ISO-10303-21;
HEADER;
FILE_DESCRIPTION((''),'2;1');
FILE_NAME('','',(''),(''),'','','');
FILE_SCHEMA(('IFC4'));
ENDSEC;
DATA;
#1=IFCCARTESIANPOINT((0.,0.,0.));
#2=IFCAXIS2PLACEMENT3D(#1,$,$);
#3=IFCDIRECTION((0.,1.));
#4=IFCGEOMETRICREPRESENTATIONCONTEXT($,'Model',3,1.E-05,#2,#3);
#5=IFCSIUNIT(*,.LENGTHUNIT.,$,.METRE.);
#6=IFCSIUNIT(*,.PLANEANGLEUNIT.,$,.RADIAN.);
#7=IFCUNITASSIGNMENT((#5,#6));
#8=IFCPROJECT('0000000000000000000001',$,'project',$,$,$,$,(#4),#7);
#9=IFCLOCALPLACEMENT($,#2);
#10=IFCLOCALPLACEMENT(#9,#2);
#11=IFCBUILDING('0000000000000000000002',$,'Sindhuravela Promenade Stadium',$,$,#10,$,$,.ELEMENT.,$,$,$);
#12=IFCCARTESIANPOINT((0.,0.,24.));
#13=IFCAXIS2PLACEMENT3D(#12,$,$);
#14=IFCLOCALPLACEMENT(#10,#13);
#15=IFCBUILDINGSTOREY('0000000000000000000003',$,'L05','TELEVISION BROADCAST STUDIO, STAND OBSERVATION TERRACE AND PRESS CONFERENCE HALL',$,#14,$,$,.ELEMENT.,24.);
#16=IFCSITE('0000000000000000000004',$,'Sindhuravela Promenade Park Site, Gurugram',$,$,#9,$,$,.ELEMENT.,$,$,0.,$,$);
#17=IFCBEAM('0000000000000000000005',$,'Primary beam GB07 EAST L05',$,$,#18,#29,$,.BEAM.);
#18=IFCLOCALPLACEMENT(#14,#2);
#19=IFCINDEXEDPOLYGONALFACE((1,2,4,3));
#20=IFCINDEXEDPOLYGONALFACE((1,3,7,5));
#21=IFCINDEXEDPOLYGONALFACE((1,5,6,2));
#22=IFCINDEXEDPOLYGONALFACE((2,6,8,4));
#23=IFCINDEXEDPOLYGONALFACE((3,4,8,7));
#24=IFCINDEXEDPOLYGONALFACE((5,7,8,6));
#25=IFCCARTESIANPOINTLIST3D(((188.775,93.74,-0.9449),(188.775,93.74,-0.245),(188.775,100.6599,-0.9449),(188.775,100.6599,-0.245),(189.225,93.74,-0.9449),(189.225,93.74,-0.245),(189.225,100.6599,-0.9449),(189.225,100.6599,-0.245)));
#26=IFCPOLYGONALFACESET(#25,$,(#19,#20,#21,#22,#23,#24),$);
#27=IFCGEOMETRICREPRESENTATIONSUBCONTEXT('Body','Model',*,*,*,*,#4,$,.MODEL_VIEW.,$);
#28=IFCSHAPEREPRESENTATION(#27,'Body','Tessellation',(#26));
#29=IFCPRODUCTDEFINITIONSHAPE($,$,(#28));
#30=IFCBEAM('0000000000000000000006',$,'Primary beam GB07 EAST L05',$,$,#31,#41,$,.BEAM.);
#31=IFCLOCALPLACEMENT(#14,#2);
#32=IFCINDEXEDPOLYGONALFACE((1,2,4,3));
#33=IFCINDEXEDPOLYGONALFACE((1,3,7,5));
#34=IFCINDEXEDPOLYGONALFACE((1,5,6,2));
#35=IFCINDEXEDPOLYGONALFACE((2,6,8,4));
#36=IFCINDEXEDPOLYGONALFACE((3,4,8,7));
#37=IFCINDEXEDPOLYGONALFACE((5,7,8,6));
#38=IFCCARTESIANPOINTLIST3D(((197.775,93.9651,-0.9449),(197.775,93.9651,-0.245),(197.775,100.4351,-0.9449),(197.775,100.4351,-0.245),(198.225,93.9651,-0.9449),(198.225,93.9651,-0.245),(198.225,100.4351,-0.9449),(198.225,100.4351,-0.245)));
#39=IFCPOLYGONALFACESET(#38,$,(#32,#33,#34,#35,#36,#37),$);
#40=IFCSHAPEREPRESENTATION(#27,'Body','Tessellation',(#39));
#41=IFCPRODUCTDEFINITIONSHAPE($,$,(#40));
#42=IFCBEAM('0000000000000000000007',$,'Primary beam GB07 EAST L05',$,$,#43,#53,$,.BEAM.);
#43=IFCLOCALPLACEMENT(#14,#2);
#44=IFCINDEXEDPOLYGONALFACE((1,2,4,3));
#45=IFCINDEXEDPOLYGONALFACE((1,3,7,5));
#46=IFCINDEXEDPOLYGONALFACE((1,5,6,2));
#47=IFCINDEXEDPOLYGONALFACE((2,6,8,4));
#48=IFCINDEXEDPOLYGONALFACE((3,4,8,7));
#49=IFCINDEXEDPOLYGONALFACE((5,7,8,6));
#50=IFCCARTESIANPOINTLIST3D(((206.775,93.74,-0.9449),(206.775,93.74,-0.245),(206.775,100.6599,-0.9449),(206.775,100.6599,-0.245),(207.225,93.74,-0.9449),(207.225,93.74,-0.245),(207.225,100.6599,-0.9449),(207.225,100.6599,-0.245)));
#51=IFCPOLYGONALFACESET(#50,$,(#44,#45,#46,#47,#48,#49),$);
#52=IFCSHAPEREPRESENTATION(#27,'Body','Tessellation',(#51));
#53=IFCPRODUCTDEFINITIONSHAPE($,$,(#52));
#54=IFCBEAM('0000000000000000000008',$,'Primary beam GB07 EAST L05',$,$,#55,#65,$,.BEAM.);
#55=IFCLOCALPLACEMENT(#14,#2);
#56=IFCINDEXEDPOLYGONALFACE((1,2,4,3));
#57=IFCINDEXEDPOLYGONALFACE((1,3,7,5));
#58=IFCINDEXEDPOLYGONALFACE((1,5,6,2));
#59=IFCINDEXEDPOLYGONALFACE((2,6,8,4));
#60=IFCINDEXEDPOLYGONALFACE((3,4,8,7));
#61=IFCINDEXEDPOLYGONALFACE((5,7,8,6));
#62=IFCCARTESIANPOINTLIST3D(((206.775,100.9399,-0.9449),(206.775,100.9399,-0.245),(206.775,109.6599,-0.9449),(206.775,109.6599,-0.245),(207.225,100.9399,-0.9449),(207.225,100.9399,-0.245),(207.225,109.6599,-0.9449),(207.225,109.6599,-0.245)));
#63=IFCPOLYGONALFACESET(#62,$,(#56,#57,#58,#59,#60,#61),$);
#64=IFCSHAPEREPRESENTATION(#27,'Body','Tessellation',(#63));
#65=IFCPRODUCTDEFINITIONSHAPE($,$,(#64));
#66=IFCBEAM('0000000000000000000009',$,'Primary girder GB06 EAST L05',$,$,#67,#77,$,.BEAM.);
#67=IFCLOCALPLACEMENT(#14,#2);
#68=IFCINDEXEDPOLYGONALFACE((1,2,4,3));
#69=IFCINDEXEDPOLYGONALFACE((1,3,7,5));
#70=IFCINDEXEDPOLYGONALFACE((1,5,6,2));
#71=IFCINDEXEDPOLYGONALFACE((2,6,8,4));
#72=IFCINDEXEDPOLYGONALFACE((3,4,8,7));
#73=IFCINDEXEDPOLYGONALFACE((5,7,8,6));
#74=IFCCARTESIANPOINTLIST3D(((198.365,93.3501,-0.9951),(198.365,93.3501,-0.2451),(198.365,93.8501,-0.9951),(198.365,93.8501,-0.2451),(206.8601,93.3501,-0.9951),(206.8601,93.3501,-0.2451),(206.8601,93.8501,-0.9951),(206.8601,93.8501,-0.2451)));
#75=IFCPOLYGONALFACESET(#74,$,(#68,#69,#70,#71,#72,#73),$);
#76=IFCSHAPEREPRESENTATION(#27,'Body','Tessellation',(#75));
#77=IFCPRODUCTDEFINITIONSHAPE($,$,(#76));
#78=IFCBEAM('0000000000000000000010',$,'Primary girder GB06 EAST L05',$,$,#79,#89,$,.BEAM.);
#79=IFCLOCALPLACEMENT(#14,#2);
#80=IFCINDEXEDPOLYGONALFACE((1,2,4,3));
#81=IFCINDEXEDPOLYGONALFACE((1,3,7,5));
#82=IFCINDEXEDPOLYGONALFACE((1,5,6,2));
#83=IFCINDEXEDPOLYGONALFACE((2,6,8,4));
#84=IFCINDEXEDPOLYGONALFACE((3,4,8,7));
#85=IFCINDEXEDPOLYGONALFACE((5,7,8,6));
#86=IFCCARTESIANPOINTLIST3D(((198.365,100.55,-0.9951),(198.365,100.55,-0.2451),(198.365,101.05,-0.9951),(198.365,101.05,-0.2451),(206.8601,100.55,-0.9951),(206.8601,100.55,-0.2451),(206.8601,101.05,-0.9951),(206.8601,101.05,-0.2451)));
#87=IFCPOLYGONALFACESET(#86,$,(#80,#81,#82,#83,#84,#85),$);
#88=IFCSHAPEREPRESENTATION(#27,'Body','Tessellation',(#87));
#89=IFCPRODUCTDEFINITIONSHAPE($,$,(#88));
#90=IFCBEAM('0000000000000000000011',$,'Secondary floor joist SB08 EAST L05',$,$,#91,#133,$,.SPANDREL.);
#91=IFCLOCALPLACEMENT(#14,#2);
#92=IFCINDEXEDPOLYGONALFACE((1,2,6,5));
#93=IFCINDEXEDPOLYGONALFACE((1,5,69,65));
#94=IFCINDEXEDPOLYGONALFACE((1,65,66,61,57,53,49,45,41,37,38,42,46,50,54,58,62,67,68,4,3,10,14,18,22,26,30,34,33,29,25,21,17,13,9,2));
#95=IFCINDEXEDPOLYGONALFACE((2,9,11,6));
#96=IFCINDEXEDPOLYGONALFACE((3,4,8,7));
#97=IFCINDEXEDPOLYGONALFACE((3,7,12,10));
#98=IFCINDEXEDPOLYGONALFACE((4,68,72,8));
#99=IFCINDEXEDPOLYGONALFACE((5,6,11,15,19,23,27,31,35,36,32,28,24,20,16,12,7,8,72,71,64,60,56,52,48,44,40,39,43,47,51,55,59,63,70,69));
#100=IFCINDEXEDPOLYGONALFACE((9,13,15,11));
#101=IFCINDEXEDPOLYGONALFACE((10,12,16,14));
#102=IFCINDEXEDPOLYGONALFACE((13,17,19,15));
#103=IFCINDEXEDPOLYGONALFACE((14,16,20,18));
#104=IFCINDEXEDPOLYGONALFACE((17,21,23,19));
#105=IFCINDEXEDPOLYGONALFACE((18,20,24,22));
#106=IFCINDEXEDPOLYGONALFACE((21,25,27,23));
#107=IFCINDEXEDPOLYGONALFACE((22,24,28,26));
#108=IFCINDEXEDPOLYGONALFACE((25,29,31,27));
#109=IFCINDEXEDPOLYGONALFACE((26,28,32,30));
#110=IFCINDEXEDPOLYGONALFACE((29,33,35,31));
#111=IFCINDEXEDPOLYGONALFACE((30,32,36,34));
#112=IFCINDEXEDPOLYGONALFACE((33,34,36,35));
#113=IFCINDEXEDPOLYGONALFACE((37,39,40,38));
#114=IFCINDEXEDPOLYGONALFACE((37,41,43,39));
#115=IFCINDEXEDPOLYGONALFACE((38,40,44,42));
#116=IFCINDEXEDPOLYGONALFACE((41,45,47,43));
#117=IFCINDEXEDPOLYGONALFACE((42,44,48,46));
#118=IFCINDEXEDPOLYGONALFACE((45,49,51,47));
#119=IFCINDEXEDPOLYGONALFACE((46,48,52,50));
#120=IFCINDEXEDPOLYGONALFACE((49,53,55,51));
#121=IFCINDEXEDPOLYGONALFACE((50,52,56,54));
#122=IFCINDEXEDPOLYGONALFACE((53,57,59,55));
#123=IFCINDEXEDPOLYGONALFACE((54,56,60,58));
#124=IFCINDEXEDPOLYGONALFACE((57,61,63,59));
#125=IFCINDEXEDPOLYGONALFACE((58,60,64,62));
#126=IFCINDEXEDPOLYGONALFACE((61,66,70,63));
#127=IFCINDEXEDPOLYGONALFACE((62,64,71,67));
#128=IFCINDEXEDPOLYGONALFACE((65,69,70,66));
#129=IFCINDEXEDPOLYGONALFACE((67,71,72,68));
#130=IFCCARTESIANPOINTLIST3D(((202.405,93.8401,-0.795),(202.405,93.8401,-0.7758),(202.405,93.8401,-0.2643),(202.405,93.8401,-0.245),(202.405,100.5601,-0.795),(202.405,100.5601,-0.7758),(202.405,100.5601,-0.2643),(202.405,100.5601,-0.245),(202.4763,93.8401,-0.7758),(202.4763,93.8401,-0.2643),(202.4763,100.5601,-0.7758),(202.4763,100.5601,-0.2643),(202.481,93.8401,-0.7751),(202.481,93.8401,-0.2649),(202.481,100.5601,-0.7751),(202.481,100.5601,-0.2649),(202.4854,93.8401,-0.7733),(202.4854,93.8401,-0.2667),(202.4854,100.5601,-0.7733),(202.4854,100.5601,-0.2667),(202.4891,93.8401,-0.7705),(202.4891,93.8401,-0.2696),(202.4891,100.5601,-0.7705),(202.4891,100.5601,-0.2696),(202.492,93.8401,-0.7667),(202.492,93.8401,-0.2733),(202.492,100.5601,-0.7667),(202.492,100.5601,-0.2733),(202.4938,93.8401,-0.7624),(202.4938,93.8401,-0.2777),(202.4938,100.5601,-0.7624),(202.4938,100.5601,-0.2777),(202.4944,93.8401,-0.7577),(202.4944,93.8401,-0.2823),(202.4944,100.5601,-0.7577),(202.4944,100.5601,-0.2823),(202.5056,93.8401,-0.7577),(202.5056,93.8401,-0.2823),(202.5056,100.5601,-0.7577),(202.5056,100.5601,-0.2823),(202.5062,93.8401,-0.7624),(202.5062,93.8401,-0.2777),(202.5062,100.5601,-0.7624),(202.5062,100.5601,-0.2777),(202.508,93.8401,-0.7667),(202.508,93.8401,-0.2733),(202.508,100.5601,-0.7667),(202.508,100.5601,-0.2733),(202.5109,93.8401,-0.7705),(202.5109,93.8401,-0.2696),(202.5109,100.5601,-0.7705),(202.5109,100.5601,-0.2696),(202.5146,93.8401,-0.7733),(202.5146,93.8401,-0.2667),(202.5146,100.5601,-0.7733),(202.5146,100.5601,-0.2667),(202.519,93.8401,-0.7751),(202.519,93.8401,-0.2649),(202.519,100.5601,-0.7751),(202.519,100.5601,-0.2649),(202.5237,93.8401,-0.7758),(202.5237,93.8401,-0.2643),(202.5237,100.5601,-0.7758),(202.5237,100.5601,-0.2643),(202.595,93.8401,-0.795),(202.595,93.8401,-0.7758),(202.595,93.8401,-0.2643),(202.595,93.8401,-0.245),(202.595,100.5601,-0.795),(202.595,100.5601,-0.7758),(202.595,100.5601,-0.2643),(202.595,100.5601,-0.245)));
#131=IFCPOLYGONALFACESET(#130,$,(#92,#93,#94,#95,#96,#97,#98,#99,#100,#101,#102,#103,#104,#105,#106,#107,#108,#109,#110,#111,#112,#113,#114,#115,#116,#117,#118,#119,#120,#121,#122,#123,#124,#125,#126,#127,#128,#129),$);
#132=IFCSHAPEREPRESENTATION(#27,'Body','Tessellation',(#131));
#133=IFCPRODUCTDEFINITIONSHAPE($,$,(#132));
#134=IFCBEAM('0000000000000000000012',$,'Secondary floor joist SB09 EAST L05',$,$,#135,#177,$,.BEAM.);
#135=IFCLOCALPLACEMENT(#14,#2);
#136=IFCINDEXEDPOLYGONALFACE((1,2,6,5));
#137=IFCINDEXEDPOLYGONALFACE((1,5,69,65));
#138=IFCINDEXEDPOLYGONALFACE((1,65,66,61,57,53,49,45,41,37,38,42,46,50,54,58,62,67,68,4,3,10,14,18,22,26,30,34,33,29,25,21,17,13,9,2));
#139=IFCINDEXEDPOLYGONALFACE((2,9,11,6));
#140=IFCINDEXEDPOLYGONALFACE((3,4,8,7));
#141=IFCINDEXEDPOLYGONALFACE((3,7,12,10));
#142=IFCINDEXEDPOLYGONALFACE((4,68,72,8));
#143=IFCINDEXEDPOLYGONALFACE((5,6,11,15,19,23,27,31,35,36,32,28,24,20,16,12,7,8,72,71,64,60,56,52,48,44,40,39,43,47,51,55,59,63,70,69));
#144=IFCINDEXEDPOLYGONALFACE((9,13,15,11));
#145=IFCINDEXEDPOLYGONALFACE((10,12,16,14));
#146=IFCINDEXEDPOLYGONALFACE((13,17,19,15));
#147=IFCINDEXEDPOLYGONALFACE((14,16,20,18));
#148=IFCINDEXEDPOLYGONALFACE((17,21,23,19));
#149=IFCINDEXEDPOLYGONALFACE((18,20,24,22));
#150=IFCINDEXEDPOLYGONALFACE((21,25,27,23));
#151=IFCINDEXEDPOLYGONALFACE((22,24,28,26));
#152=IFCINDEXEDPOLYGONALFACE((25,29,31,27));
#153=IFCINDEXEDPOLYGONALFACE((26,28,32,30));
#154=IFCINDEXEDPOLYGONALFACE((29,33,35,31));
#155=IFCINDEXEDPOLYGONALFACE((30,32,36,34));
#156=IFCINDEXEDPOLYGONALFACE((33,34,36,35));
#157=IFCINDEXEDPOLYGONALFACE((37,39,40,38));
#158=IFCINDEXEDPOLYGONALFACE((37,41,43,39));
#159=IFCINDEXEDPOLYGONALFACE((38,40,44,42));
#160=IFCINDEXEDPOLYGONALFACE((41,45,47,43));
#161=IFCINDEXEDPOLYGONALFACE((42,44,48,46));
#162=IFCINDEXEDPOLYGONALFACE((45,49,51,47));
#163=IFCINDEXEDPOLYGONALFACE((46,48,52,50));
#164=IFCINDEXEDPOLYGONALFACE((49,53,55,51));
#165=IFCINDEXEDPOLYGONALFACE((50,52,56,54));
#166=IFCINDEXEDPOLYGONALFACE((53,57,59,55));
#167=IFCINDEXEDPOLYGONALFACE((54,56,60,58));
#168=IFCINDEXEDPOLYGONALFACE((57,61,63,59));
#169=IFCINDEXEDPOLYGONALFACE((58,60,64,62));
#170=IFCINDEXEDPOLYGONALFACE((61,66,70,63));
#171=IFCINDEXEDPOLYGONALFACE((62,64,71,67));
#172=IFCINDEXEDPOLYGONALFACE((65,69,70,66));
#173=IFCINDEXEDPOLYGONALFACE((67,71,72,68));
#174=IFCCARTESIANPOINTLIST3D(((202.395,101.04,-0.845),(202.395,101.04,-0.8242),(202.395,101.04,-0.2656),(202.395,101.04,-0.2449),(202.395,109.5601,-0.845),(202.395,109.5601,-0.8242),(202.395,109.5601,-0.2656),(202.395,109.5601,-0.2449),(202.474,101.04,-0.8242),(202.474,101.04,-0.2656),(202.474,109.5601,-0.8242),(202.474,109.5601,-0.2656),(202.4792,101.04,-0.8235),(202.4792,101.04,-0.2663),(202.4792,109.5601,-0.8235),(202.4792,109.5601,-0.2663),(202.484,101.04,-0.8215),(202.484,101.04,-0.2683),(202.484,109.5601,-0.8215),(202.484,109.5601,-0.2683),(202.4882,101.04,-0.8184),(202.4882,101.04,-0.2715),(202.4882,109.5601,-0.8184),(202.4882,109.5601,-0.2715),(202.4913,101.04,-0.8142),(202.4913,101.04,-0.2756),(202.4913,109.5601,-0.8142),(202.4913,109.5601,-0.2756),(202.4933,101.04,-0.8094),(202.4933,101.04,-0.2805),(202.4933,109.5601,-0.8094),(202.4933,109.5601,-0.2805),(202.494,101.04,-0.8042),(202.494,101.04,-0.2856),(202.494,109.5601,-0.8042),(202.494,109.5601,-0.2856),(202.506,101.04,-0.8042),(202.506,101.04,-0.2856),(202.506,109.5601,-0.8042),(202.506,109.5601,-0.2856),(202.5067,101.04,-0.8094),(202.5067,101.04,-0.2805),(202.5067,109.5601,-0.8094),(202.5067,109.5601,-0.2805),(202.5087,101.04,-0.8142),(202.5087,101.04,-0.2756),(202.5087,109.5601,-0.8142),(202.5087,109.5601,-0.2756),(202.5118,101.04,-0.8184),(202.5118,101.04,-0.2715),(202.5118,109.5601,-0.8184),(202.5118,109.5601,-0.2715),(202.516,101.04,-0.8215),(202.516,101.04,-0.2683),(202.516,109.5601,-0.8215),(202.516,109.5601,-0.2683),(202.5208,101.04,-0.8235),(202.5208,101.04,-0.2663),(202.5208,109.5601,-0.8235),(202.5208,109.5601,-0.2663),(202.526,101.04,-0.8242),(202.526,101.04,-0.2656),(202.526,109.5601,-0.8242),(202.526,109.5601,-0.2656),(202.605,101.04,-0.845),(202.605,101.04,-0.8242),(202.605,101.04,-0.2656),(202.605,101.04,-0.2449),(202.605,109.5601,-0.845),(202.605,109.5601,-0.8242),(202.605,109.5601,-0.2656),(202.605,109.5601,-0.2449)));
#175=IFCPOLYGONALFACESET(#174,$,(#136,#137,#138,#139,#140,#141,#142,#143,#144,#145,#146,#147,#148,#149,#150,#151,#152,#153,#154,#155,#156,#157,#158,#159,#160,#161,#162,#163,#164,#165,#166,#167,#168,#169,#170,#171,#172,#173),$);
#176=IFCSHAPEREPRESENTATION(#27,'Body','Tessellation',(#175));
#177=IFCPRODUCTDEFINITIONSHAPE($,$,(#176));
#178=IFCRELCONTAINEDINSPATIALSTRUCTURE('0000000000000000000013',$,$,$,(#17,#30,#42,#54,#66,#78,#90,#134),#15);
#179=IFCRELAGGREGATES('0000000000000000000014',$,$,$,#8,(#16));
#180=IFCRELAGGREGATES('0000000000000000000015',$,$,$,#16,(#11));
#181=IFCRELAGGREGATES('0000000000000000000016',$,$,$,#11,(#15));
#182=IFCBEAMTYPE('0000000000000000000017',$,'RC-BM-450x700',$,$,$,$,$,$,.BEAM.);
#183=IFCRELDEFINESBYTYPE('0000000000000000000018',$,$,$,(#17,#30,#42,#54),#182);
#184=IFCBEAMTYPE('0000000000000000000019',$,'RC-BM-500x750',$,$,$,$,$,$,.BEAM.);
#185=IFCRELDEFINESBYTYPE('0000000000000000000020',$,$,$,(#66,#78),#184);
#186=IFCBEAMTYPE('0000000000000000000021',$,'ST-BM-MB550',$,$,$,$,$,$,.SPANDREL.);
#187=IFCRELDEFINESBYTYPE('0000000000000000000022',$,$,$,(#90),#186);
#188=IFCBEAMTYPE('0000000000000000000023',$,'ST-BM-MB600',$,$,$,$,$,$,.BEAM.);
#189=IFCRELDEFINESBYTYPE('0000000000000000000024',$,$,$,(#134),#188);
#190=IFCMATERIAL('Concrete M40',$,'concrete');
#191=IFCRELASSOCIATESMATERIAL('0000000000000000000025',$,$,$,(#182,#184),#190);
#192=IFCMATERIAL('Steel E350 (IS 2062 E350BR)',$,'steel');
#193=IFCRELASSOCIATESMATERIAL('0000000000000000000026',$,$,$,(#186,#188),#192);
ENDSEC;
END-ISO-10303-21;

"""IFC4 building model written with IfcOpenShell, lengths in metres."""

from ifc_helpers import new_model, si_unit, direction, frame, origin, origin_2d, place, context, subcontext, project, spatial, rectangle, i_section, extrude, material, material_profile, profile_set, type_object, element, save


model = new_model("IFC4")

# Units and contexts
model_context = context("Model", 3, precision=1e-05, world=origin(), true_north=direction((0.0, 1.0)))
body_context = subcontext(model_context, "Body", "Model", "MODEL_VIEW")
ifc_project = project(units=[si_unit("LENGTHUNIT", "METRE"), si_unit("PLANEANGLEUNIT", "RADIAN")], contexts=[model_context])

# Site, building, storey
site_placement = place(None, origin())
site = spatial("IfcSite", under=ifc_project, at=site_placement, Name="Sindhuravela Promenade Park Site, Gurugram", CompositionType="ELEMENT", RefElevation=0.0)
building_placement = place(site_placement, origin())
building = spatial("IfcBuilding", under=site, at=building_placement, Name="Sindhuravela Promenade Stadium", CompositionType="ELEMENT")
storey_placement = place(building_placement, frame((0.0, 0.0, 24.0)))
storey = spatial("IfcBuildingStorey", under=building, at=storey_placement, Name="L05", Description="TELEVISION BROADCAST STUDIO, STAND OBSERVATION TERRACE AND PRESS CONFERENCE HALL", CompositionType="ELEMENT", Elevation=24.0)

# Beams
ifc_material_1 = material(Name="Concrete M40", Category="concrete")
ifc_material_profile_1 = material_profile(ifc_material_1, rectangle(XDim=0.45, YDim=0.7, at=origin_2d()), Name="RC 450x700")
ifc_profile_set_1 = profile_set([ifc_material_profile_1], Name="Concrete M40")
beam_type_1 = type_object("IfcBeamType", Name="RC-BM-450x700", PredefinedType="BEAM", material=ifc_profile_set_1)
beam_1_placement = place(storey_placement, frame((189.0, 93.74, -0.595), z_axis=(0.0, 1.0, 0.0), x_axis=(-1.0, 0.0, 0.0)))
element("IfcBeam", 1, at=beam_1_placement, inside=storey, type_object=beam_type_1, Name="Primary beam GB07 EAST L05", PredefinedType="BEAM", context=body_context, shape_type="SweptSolid", body=[
    extrude(rectangle(XDim=0.45, YDim=0.7, at=origin_2d()), origin(), (0.0, 0.0, 1.0), 6.9199),
])
beam_2_placement = place(storey_placement, frame((198.0, 93.9651, -0.595), z_axis=(0.0, 1.0, 0.0), x_axis=(-1.0, 0.0, 0.0)))
element("IfcBeam", 2, at=beam_2_placement, inside=storey, type_object=beam_type_1, Name="Primary beam GB07 EAST L05", PredefinedType="BEAM", context=body_context, shape_type="SweptSolid", body=[
    extrude(rectangle(XDim=0.45, YDim=0.7, at=origin_2d()), origin(), (0.0, 0.0, 1.0), 6.47),
])
beam_3_placement = place(storey_placement, frame((207.0, 93.74, -0.595), z_axis=(0.0, 1.0, 0.0), x_axis=(-1.0, 0.0, 0.0)))
element("IfcBeam", 3, at=beam_3_placement, inside=storey, type_object=beam_type_1, Name="Primary beam GB07 EAST L05", PredefinedType="BEAM", context=body_context, shape_type="SweptSolid", body=[
    extrude(rectangle(XDim=0.45, YDim=0.7, at=origin_2d()), origin(), (0.0, 0.0, 1.0), 6.9199),
])
beam_4_placement = place(storey_placement, frame((207.0, 100.9399, -0.595), z_axis=(0.0, 1.0, 0.0), x_axis=(-1.0, 0.0, 0.0)))
element("IfcBeam", 4, at=beam_4_placement, inside=storey, type_object=beam_type_1, Name="Primary beam GB07 EAST L05", PredefinedType="BEAM", context=body_context, shape_type="SweptSolid", body=[
    extrude(rectangle(XDim=0.45, YDim=0.7, at=origin_2d()), origin(), (0.0, 0.0, 1.0), 8.72),
])
ifc_material_profile_2 = material_profile(ifc_material_1, rectangle(XDim=0.5, YDim=0.75, at=origin_2d()), Name="RC 500x750")
ifc_profile_set_2 = profile_set([ifc_material_profile_2], Name="Concrete M40")
beam_type_2 = type_object("IfcBeamType", Name="RC-BM-500x750", PredefinedType="BEAM", material=ifc_profile_set_2)
for number, where, z_axis, x_axis, name in (
    (5, (198.365, 93.6001, -0.6201), (1.0, 0.0, 0.0), (0.0, 1.0, 0.0), "Primary girder GB06 EAST L05"),
    (6, (198.365, 100.8, -0.6201), (1.0, 0.0, 0.0), (0.0, 1.0, 0.0), "Primary girder GB06 EAST L05"),
):
    element("IfcBeam", number, at=place(storey_placement, frame(where, z_axis=z_axis, x_axis=x_axis)), inside=storey, type_object=beam_type_2, Name=name, PredefinedType="BEAM", context=body_context, shape_type="SweptSolid", body=[
        extrude(rectangle(XDim=0.5, YDim=0.75, at=origin_2d()), origin(), (0.0, 0.0, 1.0), 8.4951),
    ])
ifc_material_2 = material(Name="Steel E350 (IS 2062 E350BR)", Category="steel")
ifc_material_profile_3 = material_profile(ifc_material_2, i_section(OverallWidth=0.1899, OverallDepth=0.55, WebThickness=0.0112, FlangeThickness=0.0193, FilletRadius=0.0181, at=origin_2d()), Name="ISMB 550")
ifc_profile_set_3 = profile_set([ifc_material_profile_3], Name="Steel E350 (IS 2062 E350BR)")
beam_type_3 = type_object("IfcBeamType", Name="ST-BM-MB550", PredefinedType="SPANDREL", material=ifc_profile_set_3)
beam_5_placement = place(storey_placement, frame((202.5, 93.8401, -0.52), z_axis=(0.0, 1.0, 0.0), x_axis=(-1.0, 0.0, 0.0)))
element("IfcBeam", 7, at=beam_5_placement, inside=storey, type_object=beam_type_3, Name="Secondary floor joist SB08 EAST L05", PredefinedType="SPANDREL", context=body_context, shape_type="SweptSolid", body=[
    extrude(i_section(OverallWidth=0.1899, OverallDepth=0.55, WebThickness=0.0112, FlangeThickness=0.0193, FilletRadius=0.0181, at=origin_2d()), origin(), (0.0, 0.0, 1.0), 6.72),
])
ifc_material_profile_4 = material_profile(ifc_material_2, i_section(OverallWidth=0.21, OverallDepth=0.6001, WebThickness=0.012, FlangeThickness=0.0208, FilletRadius=0.02, at=origin_2d()), Name="ISMB 600")
ifc_profile_set_4 = profile_set([ifc_material_profile_4], Name="Steel E350 (IS 2062 E350BR)")
beam_type_4 = type_object("IfcBeamType", Name="ST-BM-MB600", PredefinedType="BEAM", material=ifc_profile_set_4)
beam_6_placement = place(storey_placement, frame((202.5, 101.04, -0.5449), z_axis=(0.0, 1.0, 0.0), x_axis=(-1.0, 0.0, 0.0)))
element("IfcBeam", 8, at=beam_6_placement, inside=storey, type_object=beam_type_4, Name="Secondary floor joist SB09 EAST L05", PredefinedType="BEAM", context=body_context, shape_type="SweptSolid", body=[
    extrude(i_section(OverallWidth=0.21, OverallDepth=0.6001, WebThickness=0.012, FlangeThickness=0.0208, FilletRadius=0.02, at=origin_2d()), origin(), (0.0, 0.0, 1.0), 8.52),
])

save(model, "model.ifc")
